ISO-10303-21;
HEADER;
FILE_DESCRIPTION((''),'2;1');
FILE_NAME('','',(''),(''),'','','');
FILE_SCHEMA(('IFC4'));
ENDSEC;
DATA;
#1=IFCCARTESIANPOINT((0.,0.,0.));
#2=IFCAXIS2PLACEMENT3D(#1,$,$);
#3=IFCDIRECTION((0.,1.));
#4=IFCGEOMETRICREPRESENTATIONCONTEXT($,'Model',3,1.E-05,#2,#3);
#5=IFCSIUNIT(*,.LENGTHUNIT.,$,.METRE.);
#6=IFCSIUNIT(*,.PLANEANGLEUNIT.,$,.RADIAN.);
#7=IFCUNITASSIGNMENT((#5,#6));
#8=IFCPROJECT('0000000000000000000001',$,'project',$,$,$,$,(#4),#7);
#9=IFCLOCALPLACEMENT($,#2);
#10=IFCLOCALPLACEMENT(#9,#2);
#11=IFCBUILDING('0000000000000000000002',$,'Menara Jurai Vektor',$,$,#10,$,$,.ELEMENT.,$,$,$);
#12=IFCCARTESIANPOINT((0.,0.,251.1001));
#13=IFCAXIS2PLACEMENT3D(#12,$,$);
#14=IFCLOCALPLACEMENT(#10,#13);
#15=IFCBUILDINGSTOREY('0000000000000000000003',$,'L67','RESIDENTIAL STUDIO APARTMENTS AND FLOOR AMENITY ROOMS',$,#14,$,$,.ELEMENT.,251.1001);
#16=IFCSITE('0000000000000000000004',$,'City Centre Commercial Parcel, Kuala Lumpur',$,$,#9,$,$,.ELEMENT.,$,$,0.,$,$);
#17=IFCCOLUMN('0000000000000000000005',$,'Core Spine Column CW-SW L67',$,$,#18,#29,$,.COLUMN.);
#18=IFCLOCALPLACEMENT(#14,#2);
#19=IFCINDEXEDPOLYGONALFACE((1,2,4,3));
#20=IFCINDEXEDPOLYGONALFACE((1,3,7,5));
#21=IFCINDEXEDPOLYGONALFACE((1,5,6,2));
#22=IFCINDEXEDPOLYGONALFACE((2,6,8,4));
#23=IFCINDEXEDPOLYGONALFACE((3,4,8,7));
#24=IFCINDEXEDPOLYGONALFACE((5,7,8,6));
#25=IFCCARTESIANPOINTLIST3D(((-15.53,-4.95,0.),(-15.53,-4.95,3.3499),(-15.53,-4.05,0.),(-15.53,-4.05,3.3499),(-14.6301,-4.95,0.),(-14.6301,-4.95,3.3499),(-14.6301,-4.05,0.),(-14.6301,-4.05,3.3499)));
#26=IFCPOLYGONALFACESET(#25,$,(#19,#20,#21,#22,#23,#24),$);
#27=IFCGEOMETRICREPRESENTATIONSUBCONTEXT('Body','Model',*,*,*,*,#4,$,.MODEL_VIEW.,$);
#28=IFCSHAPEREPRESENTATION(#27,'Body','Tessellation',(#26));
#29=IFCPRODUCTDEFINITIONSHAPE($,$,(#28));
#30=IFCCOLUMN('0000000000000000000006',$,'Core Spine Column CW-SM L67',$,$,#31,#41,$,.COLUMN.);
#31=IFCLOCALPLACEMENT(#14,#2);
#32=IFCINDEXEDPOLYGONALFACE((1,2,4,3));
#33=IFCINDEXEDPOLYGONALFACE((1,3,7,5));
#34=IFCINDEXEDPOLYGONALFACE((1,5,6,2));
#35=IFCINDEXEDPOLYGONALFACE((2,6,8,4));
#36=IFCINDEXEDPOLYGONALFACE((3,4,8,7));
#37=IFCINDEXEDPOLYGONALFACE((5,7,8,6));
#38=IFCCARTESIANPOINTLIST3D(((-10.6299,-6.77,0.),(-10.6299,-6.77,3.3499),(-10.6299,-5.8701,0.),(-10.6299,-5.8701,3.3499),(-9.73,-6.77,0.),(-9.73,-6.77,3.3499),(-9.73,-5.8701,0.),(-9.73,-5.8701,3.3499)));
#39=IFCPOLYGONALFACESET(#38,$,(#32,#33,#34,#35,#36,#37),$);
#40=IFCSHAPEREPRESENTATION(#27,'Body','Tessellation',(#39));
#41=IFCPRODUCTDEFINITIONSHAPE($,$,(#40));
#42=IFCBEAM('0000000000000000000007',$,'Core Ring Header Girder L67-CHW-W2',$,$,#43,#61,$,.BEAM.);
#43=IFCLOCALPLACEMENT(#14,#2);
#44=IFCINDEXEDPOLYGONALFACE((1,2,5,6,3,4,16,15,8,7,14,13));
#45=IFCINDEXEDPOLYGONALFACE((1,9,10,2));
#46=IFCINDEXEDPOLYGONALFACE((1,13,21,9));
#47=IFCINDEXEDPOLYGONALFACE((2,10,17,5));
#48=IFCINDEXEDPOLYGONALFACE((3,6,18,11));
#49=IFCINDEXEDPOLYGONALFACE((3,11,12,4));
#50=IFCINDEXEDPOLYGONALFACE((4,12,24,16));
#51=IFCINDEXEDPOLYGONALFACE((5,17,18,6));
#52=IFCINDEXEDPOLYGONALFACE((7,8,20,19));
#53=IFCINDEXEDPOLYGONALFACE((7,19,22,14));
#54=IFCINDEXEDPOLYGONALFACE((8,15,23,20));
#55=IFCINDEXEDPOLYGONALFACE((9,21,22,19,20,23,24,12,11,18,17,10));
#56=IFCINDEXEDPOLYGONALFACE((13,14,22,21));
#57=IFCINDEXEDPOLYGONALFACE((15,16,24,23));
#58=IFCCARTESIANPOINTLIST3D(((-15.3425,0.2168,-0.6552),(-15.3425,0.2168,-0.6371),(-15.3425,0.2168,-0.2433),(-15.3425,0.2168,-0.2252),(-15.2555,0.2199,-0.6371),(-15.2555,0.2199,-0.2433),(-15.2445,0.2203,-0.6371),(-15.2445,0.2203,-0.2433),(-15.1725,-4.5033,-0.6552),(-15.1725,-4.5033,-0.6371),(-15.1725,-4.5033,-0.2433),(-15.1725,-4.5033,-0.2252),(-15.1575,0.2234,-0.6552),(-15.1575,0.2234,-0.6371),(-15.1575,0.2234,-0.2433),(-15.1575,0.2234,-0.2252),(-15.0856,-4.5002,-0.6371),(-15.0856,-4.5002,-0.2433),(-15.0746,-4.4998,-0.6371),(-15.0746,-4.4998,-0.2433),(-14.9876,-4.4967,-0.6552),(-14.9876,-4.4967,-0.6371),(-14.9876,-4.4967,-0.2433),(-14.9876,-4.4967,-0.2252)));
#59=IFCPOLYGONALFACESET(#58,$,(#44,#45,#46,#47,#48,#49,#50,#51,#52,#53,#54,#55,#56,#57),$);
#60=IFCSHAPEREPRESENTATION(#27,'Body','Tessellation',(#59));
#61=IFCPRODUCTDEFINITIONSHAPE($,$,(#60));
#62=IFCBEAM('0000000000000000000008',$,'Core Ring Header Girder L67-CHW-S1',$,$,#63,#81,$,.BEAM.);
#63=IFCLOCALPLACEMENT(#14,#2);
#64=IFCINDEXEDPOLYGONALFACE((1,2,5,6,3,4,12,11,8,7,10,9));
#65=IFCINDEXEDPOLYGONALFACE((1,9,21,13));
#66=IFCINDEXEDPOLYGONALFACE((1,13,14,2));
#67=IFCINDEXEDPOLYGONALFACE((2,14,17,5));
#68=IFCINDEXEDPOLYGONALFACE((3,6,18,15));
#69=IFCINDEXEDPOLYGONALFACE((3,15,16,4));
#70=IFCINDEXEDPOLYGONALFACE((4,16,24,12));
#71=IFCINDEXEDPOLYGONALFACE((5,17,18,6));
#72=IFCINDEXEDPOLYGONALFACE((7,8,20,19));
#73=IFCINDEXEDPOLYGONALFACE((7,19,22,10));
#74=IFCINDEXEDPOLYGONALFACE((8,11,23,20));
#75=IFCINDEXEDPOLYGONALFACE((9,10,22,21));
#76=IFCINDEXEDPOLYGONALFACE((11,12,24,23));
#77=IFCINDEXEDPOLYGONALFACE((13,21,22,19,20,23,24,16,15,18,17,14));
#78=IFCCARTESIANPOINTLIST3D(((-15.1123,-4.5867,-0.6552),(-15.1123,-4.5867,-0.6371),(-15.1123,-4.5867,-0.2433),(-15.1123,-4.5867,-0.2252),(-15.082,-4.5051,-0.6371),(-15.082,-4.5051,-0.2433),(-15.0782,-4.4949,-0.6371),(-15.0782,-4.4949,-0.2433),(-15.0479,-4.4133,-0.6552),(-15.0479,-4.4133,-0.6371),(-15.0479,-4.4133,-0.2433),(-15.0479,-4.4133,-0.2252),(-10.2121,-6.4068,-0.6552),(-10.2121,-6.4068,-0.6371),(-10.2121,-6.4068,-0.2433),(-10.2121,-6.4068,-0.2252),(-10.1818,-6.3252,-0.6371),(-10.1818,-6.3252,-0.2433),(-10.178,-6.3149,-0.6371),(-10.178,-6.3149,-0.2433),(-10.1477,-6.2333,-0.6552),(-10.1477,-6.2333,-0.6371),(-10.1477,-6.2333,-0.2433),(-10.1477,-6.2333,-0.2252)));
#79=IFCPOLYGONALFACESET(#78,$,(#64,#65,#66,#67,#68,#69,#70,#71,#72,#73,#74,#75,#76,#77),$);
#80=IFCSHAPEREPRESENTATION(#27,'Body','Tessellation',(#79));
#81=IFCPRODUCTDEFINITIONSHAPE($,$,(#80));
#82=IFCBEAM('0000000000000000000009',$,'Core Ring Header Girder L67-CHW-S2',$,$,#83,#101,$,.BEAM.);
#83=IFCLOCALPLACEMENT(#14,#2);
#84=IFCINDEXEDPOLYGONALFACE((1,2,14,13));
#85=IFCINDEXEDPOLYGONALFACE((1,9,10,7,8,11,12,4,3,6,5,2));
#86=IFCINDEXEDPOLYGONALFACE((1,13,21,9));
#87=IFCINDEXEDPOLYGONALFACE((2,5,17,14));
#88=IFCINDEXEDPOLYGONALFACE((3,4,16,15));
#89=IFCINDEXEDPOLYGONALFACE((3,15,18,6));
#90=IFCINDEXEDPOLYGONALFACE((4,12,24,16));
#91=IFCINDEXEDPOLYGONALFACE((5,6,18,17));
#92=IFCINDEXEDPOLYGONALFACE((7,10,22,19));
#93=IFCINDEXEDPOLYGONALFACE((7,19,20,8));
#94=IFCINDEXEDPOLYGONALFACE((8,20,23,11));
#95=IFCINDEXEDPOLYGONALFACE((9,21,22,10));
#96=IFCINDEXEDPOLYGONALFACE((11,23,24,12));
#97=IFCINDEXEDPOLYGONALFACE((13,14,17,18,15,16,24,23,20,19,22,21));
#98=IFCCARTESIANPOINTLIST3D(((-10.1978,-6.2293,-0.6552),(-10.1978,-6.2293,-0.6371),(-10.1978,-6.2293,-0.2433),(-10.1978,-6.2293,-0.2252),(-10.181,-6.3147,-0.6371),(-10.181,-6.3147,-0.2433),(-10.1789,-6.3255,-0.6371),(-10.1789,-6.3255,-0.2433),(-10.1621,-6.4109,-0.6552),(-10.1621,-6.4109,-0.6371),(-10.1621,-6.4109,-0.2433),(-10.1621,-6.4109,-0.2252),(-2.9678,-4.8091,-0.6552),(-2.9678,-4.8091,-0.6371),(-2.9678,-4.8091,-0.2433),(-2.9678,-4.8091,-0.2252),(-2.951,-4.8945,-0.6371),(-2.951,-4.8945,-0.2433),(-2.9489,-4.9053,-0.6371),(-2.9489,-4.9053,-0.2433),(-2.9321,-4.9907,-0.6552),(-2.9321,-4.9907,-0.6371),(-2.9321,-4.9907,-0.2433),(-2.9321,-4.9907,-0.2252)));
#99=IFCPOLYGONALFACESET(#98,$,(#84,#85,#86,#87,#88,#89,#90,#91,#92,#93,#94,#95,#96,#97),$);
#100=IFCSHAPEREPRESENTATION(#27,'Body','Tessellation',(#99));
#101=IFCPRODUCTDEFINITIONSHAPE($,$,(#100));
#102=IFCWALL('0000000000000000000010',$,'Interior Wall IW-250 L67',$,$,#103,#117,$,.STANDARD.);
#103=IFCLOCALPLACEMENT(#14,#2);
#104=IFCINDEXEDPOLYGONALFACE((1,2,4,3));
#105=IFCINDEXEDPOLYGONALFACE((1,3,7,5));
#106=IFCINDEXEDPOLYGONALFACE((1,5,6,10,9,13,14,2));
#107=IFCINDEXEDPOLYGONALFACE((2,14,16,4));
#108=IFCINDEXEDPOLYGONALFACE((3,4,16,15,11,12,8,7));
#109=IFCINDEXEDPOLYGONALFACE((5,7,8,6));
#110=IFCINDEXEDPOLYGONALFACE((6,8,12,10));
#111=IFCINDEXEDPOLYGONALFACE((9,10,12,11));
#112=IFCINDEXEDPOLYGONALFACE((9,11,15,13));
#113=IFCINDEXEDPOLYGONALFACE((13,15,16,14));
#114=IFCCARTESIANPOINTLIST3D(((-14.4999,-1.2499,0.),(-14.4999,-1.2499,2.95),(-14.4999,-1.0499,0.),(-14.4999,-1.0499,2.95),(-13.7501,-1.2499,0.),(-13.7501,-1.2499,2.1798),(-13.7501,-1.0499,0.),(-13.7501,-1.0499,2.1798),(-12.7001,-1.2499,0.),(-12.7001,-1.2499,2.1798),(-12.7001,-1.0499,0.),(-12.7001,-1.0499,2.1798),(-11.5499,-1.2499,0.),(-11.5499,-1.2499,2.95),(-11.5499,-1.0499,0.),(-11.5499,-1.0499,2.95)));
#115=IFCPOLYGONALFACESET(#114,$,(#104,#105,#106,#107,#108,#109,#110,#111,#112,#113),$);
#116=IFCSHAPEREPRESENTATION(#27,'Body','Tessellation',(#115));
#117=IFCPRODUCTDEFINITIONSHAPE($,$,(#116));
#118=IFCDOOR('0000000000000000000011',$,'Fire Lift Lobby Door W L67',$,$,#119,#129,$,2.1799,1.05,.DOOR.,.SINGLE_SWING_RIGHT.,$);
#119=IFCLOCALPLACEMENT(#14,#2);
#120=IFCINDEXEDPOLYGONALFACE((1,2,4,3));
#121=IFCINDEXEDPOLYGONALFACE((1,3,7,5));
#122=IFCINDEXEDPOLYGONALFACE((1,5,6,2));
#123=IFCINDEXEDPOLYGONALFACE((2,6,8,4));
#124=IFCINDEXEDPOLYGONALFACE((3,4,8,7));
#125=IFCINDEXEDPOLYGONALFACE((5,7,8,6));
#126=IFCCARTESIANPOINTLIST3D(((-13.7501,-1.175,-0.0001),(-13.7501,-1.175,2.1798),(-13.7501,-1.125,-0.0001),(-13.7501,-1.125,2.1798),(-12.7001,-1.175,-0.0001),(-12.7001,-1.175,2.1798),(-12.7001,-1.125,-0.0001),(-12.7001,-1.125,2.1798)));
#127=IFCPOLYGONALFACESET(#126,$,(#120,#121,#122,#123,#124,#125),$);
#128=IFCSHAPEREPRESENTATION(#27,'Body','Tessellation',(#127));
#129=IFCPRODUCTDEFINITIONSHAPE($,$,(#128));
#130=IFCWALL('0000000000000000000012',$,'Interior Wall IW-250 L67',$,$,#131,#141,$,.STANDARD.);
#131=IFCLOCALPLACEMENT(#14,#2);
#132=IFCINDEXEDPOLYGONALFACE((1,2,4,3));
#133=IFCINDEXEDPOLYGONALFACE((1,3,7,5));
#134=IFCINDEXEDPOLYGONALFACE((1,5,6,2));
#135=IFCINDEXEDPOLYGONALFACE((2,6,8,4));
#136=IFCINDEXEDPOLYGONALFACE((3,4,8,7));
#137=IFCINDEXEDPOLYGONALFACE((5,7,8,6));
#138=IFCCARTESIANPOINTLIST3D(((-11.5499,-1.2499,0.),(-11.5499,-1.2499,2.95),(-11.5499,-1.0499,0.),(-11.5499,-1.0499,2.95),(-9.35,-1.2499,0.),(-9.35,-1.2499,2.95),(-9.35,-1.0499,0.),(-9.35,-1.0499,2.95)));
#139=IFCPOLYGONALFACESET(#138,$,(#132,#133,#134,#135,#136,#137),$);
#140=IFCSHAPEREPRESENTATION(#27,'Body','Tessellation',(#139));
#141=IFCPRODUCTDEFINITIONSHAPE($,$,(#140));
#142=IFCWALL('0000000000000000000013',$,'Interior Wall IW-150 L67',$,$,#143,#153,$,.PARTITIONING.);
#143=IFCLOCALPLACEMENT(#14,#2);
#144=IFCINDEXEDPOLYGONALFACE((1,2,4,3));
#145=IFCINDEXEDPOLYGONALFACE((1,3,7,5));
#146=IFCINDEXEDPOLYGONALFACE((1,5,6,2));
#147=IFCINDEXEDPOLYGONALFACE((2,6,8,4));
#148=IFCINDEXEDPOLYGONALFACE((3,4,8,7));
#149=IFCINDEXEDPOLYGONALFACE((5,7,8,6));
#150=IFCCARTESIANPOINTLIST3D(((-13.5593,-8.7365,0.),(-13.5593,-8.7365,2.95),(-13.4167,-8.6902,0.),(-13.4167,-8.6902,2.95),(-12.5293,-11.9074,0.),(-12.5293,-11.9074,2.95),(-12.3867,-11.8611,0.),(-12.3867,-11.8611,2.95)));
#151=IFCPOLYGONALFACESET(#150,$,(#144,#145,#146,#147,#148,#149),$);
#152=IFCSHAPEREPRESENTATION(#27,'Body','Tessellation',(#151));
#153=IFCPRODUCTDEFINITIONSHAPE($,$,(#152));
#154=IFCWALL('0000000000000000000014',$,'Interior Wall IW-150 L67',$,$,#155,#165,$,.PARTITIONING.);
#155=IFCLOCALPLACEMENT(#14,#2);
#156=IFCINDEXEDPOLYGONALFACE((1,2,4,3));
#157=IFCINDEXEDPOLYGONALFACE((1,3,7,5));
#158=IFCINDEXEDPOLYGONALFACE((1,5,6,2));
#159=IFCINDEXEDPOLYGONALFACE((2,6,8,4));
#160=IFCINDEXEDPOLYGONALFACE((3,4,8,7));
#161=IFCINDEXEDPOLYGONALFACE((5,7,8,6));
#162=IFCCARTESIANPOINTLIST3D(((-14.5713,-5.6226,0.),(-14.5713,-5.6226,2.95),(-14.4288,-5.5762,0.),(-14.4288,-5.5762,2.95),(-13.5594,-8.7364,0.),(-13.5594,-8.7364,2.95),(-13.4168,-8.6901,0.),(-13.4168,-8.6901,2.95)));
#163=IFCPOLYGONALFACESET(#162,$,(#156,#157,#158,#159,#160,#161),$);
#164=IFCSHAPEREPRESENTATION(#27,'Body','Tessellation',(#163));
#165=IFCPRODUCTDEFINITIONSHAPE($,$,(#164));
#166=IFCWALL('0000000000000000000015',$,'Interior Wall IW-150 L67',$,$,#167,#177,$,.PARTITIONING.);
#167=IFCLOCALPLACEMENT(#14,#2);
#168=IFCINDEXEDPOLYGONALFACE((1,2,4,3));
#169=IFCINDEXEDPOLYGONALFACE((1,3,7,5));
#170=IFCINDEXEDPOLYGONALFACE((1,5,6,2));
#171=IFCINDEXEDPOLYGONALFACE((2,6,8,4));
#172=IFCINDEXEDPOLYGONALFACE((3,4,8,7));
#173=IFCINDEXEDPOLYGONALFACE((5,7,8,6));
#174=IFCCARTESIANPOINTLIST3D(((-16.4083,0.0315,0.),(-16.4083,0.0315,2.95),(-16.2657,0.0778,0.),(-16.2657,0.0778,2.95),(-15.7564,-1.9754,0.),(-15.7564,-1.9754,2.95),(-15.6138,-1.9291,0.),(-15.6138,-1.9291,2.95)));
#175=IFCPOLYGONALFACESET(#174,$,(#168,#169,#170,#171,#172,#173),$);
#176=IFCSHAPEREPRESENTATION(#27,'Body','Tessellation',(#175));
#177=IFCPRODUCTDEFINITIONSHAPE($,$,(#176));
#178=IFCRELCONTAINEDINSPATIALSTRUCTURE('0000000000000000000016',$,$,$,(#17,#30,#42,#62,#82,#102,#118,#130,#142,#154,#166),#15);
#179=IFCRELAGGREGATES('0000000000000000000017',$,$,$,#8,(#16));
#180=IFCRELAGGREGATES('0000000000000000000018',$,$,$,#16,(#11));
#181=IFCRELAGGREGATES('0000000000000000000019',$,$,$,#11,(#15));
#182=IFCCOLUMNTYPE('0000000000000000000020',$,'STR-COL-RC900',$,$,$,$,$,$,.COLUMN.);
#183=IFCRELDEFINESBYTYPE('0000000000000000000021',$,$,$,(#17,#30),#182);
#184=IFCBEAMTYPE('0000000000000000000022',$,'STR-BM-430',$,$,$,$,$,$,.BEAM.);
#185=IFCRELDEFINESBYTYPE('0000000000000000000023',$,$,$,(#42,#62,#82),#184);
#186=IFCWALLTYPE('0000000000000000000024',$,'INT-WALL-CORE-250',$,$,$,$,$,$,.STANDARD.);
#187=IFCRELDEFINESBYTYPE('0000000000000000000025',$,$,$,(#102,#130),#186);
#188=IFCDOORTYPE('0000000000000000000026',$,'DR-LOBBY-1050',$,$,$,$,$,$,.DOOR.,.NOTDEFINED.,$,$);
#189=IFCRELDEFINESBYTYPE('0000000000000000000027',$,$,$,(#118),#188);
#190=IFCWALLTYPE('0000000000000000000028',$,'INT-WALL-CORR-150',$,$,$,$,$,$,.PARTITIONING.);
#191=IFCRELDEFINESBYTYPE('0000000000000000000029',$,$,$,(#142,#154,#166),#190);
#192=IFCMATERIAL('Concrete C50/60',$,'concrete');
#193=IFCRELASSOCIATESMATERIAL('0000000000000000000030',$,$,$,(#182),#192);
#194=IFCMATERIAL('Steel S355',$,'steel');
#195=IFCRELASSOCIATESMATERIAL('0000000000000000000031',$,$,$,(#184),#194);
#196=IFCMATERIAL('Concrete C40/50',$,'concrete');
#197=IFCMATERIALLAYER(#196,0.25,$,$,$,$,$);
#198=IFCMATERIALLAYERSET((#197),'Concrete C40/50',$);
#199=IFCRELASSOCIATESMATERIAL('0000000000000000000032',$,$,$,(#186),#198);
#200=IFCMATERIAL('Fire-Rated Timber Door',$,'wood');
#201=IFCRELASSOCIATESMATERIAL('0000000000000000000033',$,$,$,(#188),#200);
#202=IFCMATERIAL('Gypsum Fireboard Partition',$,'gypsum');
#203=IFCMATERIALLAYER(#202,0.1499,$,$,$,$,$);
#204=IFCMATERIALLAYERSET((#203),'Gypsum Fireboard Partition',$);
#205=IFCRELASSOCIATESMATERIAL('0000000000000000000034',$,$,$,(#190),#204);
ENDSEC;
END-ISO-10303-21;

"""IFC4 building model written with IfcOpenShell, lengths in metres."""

from ifc_helpers import new_model, si_unit, direction, frame, frame_2d, origin, origin_2d, place, context, subcontext, project, spatial, rectangle, i_section, extrude, material, layer, layer_set, material_profile, profile_set, type_object, element, fill, save


model = new_model("IFC4")

# Units and contexts
model_context = context("Model", 3, precision=1e-05, world=origin(), true_north=direction((0.0, 1.0)))
body_context = subcontext(model_context, "Body", "Model", "MODEL_VIEW")
ifc_project = project(units=[si_unit("LENGTHUNIT", "METRE"), si_unit("PLANEANGLEUNIT", "RADIAN")], contexts=[model_context])

# Site, building, storey
site_placement = place(None, origin())
site = spatial("IfcSite", under=ifc_project, at=site_placement, Name="City Centre Commercial Parcel, Kuala Lumpur", CompositionType="ELEMENT", RefElevation=0.0)
building_placement = place(site_placement, origin())
building = spatial("IfcBuilding", under=site, at=building_placement, Name="Menara Jurai Vektor", CompositionType="ELEMENT")
storey_placement = place(building_placement, frame((0.0, 0.0, 251.1001)))
storey = spatial("IfcBuildingStorey", under=building, at=storey_placement, Name="L67", Description="RESIDENTIAL STUDIO APARTMENTS AND FLOOR AMENITY ROOMS", CompositionType="ELEMENT", Elevation=251.1001)

# Columns
ifc_material_1 = material(Name="Concrete C50/60", Category="concrete")
ifc_material_profile_1 = material_profile(ifc_material_1, rectangle(XDim=0.8999, YDim=0.8999, at=origin_2d()), Name="RC 900x900")
ifc_profile_set_1 = profile_set([ifc_material_profile_1], Name="Concrete C50/60")
column_type = type_object("IfcColumnType", Name="STR-COL-RC900", PredefinedType="COLUMN", material=ifc_profile_set_1)
for number, where, z_axis, x_axis, name in (
    (1, (-15.0801, -4.5, 0.0), (0.0, 0.0, 1.0), (1.0, 0.0, 0.0), "Core Spine Column CW-SW L67"),
    (2, (-10.1799, -6.3201, 0.0), (0.0, 0.0, 1.0), (1.0, 0.0, 0.0), "Core Spine Column CW-SM L67"),
):
    element("IfcColumn", number, at=place(storey_placement, frame(where, z_axis=z_axis, x_axis=x_axis)), inside=storey, type_object=column_type, Name=name, PredefinedType="COLUMN", context=body_context, shape_type="SweptSolid", body=[
        extrude(rectangle(XDim=0.8999, YDim=0.8999, at=origin_2d()), origin(), (0.0, 0.0, 1.0), 3.3499),
    ])

# Beams
ifc_material_2 = material(Name="Steel S355", Category="steel")
ifc_material_profile_2 = material_profile(ifc_material_2, i_section(OverallWidth=0.1851, OverallDepth=0.4299, WebThickness=0.011, FlangeThickness=0.0181, at=origin_2d()), Name="PG 430x185x76")
ifc_profile_set_2 = profile_set([ifc_material_profile_2], Name="Steel S355")
beam_type = type_object("IfcBeamType", Name="STR-BM-430", PredefinedType="BEAM", material=ifc_profile_set_2)
beam_1_placement = place(storey_placement, frame((-15.0801, -4.5, -0.4402), z_axis=(-0.035977, 0.999353, 0.0), x_axis=(-0.999353, -0.035977, 0.0)))
element("IfcBeam", 3, at=beam_1_placement, inside=storey, type_object=beam_type, Name="Core Ring Header Girder L67-CHW-W2", PredefinedType="BEAM", context=body_context, shape_type="SweptSolid", body=[
    extrude(i_section(OverallWidth=0.1851, OverallDepth=0.4299, WebThickness=0.011, FlangeThickness=0.0181, at=origin_2d()), origin(), (0.0, 0.0, 1.0), 4.7231),
])
beam_2_placement = place(storey_placement, frame((-15.0801, -4.5, -0.4402), z_axis=(0.937424, -0.348189, 0.0), x_axis=(0.348189, 0.937424, 0.0)))
element("IfcBeam", 4, at=beam_2_placement, inside=storey, type_object=beam_type, Name="Core Ring Header Girder L67-CHW-S1", PredefinedType="BEAM", context=body_context, shape_type="SweptSolid", body=[
    extrude(i_section(OverallWidth=0.1851, OverallDepth=0.4299, WebThickness=0.011, FlangeThickness=0.0181, at=origin_2d()), origin(), (0.0, 0.0, 1.0), 5.2273),
])
beam_3_placement = place(storey_placement, frame((-10.1799, -6.3201, -0.4402), z_axis=(0.981249, 0.192744, 0.0), x_axis=(-0.192744, 0.981249, 0.0)))
element("IfcBeam", 5, at=beam_3_placement, inside=storey, type_object=beam_type, Name="Core Ring Header Girder L67-CHW-S2", PredefinedType="BEAM", context=body_context, shape_type="SweptSolid", body=[
    extrude(i_section(OverallWidth=0.1851, OverallDepth=0.4299, WebThickness=0.011, FlangeThickness=0.0181, at=origin_2d()), origin(), (0.0, 0.0, 1.0), 7.3682),
])

# Wall, opening, door
ifc_material_3 = material(Name="Concrete C40/50", Category="concrete")
ifc_layer_1 = layer(ifc_material_3, 0.25)
ifc_layer_set_1 = layer_set([ifc_layer_1], Name="Concrete C40/50")
wall_type_1 = type_object("IfcWallType", Name="INT-WALL-CORE-250", PredefinedType="STANDARD", material=ifc_layer_set_1)
wall_1_placement = place(storey_placement, frame((-14.5, -1.1499, 0.0), z_axis=(0.0, 0.0, 1.0), x_axis=(1.0, 0.0, 0.0)))
wall_1 = element("IfcWall", 6, at=wall_1_placement, inside=storey, type_object=wall_type_1, Name="Interior Wall IW-250 L67", PredefinedType="STANDARD", context=body_context, shape_type="SweptSolid", body=[
    extrude(rectangle(XDim=2.95, YDim=0.2, at=frame_2d((1.4751, 0.0))), origin(), (0.0, 0.0, 1.0), 2.95),
])
opening_1_placement = place(wall_1_placement, frame((0.75, 0.0, 0.0)))
opening_1 = element("IfcOpeningElement", 7, at=opening_1_placement, cuts=wall_1, PredefinedType="OPENING", context=body_context, shape_type="SweptSolid", body=[
    extrude(rectangle(XDim=1.05, YDim=2.1799, at=frame_2d((0.5249, 1.0898))), frame((0.0, 0.1099, 0.0), z_axis=(0.0, -1.0, 0.0), x_axis=(1.0, 0.0, 0.0)), (0.0, 0.0, 1.0), 0.22),
])
ifc_material_4 = material(Name="Fire-Rated Timber Door", Category="wood")
door_type_1 = type_object("IfcDoorType", Name="DR-LOBBY-1050", OperationType="NOTDEFINED", PredefinedType="DOOR", material=ifc_material_4)
door_1_placement = place(opening_1_placement, origin())
door_1 = element("IfcDoor", 8, at=door_1_placement, inside=storey, type_object=door_type_1, Name="Fire Lift Lobby Door W L67", OperationType="SINGLE_SWING_RIGHT", OverallHeight=2.1799, OverallWidth=1.05, PredefinedType="DOOR", context=body_context, shape_type="SweptSolid", body=[
    extrude(rectangle(XDim=1.05, YDim=2.1799, at=frame_2d((0.5249, 1.0898))), frame((0.0, 0.0249, 0.0), z_axis=(0.0, -1.0, 0.0), x_axis=(1.0, 0.0, 0.0)), (0.0, 0.0, 1.0), 0.05),
])
fill(opening_1, door_1)

# Walls
wall_2_placement = place(storey_placement, frame((-11.55, -1.1499, 0.0), z_axis=(0.0, 0.0, 1.0), x_axis=(1.0, 0.0, 0.0)))
element("IfcWall", 9, at=wall_2_placement, inside=storey, type_object=wall_type_1, Name="Interior Wall IW-250 L67", PredefinedType="STANDARD", context=body_context, shape_type="SweptSolid", body=[
    extrude(rectangle(XDim=2.2, YDim=0.2, at=frame_2d((1.1001, 0.0))), origin(), (0.0, 0.0, 1.0), 2.95),
])
ifc_material_5 = material(Name="Gypsum Fireboard Partition", Category="gypsum")
ifc_layer_2 = layer(ifc_material_5, 0.1499)
ifc_layer_set_2 = layer_set([ifc_layer_2], Name="Gypsum Fireboard Partition")
wall_type_2 = type_object("IfcWallType", Name="INT-WALL-CORR-150", PredefinedType="PARTITIONING", material=ifc_layer_set_2)
wall_3_placement = place(storey_placement, frame((-12.458, -11.8843, 0.0), z_axis=(0.0, 0.0, 1.0), x_axis=(-0.308947, 0.951079, 0.0)))
element("IfcWall", 10, at=wall_3_placement, inside=storey, type_object=wall_type_2, Name="Interior Wall IW-150 L67", PredefinedType="PARTITIONING", context=body_context, shape_type="SweptSolid", body=[
    extrude(rectangle(XDim=3.334, YDim=0.1499, at=frame_2d((1.667, 0.0))), origin(), (0.0, 0.0, 1.0), 2.95),
])
wall_4_placement = place(storey_placement, frame((-13.488, -8.7134, 0.0), z_axis=(0.0, 0.0, 1.0), x_axis=(-0.309083, 0.951035, 0.0)))
element("IfcWall", 11, at=wall_4_placement, inside=storey, type_object=wall_type_2, Name="Interior Wall IW-150 L67", PredefinedType="PARTITIONING", context=body_context, shape_type="SweptSolid", body=[
    extrude(rectangle(XDim=3.2742, YDim=0.1499, at=frame_2d((1.6372, 0.0))), origin(), (0.0, 0.0, 1.0), 2.95),
])
wall_5_placement = place(storey_placement, frame((-15.6851, -1.9524, 0.0), z_axis=(0.0, 0.0, 1.0), x_axis=(-0.308929, 0.951085, 0.0)))
element("IfcWall", 12, at=wall_5_placement, inside=storey, type_object=wall_type_2, Name="Interior Wall IW-150 L67", PredefinedType="PARTITIONING", context=body_context, shape_type="SweptSolid", body=[
    extrude(rectangle(XDim=2.1101, YDim=0.1499, at=frame_2d((1.0552, 0.0))), origin(), (0.0, 0.0, 1.0), 2.95),
])

save(model, "model.ifc")
